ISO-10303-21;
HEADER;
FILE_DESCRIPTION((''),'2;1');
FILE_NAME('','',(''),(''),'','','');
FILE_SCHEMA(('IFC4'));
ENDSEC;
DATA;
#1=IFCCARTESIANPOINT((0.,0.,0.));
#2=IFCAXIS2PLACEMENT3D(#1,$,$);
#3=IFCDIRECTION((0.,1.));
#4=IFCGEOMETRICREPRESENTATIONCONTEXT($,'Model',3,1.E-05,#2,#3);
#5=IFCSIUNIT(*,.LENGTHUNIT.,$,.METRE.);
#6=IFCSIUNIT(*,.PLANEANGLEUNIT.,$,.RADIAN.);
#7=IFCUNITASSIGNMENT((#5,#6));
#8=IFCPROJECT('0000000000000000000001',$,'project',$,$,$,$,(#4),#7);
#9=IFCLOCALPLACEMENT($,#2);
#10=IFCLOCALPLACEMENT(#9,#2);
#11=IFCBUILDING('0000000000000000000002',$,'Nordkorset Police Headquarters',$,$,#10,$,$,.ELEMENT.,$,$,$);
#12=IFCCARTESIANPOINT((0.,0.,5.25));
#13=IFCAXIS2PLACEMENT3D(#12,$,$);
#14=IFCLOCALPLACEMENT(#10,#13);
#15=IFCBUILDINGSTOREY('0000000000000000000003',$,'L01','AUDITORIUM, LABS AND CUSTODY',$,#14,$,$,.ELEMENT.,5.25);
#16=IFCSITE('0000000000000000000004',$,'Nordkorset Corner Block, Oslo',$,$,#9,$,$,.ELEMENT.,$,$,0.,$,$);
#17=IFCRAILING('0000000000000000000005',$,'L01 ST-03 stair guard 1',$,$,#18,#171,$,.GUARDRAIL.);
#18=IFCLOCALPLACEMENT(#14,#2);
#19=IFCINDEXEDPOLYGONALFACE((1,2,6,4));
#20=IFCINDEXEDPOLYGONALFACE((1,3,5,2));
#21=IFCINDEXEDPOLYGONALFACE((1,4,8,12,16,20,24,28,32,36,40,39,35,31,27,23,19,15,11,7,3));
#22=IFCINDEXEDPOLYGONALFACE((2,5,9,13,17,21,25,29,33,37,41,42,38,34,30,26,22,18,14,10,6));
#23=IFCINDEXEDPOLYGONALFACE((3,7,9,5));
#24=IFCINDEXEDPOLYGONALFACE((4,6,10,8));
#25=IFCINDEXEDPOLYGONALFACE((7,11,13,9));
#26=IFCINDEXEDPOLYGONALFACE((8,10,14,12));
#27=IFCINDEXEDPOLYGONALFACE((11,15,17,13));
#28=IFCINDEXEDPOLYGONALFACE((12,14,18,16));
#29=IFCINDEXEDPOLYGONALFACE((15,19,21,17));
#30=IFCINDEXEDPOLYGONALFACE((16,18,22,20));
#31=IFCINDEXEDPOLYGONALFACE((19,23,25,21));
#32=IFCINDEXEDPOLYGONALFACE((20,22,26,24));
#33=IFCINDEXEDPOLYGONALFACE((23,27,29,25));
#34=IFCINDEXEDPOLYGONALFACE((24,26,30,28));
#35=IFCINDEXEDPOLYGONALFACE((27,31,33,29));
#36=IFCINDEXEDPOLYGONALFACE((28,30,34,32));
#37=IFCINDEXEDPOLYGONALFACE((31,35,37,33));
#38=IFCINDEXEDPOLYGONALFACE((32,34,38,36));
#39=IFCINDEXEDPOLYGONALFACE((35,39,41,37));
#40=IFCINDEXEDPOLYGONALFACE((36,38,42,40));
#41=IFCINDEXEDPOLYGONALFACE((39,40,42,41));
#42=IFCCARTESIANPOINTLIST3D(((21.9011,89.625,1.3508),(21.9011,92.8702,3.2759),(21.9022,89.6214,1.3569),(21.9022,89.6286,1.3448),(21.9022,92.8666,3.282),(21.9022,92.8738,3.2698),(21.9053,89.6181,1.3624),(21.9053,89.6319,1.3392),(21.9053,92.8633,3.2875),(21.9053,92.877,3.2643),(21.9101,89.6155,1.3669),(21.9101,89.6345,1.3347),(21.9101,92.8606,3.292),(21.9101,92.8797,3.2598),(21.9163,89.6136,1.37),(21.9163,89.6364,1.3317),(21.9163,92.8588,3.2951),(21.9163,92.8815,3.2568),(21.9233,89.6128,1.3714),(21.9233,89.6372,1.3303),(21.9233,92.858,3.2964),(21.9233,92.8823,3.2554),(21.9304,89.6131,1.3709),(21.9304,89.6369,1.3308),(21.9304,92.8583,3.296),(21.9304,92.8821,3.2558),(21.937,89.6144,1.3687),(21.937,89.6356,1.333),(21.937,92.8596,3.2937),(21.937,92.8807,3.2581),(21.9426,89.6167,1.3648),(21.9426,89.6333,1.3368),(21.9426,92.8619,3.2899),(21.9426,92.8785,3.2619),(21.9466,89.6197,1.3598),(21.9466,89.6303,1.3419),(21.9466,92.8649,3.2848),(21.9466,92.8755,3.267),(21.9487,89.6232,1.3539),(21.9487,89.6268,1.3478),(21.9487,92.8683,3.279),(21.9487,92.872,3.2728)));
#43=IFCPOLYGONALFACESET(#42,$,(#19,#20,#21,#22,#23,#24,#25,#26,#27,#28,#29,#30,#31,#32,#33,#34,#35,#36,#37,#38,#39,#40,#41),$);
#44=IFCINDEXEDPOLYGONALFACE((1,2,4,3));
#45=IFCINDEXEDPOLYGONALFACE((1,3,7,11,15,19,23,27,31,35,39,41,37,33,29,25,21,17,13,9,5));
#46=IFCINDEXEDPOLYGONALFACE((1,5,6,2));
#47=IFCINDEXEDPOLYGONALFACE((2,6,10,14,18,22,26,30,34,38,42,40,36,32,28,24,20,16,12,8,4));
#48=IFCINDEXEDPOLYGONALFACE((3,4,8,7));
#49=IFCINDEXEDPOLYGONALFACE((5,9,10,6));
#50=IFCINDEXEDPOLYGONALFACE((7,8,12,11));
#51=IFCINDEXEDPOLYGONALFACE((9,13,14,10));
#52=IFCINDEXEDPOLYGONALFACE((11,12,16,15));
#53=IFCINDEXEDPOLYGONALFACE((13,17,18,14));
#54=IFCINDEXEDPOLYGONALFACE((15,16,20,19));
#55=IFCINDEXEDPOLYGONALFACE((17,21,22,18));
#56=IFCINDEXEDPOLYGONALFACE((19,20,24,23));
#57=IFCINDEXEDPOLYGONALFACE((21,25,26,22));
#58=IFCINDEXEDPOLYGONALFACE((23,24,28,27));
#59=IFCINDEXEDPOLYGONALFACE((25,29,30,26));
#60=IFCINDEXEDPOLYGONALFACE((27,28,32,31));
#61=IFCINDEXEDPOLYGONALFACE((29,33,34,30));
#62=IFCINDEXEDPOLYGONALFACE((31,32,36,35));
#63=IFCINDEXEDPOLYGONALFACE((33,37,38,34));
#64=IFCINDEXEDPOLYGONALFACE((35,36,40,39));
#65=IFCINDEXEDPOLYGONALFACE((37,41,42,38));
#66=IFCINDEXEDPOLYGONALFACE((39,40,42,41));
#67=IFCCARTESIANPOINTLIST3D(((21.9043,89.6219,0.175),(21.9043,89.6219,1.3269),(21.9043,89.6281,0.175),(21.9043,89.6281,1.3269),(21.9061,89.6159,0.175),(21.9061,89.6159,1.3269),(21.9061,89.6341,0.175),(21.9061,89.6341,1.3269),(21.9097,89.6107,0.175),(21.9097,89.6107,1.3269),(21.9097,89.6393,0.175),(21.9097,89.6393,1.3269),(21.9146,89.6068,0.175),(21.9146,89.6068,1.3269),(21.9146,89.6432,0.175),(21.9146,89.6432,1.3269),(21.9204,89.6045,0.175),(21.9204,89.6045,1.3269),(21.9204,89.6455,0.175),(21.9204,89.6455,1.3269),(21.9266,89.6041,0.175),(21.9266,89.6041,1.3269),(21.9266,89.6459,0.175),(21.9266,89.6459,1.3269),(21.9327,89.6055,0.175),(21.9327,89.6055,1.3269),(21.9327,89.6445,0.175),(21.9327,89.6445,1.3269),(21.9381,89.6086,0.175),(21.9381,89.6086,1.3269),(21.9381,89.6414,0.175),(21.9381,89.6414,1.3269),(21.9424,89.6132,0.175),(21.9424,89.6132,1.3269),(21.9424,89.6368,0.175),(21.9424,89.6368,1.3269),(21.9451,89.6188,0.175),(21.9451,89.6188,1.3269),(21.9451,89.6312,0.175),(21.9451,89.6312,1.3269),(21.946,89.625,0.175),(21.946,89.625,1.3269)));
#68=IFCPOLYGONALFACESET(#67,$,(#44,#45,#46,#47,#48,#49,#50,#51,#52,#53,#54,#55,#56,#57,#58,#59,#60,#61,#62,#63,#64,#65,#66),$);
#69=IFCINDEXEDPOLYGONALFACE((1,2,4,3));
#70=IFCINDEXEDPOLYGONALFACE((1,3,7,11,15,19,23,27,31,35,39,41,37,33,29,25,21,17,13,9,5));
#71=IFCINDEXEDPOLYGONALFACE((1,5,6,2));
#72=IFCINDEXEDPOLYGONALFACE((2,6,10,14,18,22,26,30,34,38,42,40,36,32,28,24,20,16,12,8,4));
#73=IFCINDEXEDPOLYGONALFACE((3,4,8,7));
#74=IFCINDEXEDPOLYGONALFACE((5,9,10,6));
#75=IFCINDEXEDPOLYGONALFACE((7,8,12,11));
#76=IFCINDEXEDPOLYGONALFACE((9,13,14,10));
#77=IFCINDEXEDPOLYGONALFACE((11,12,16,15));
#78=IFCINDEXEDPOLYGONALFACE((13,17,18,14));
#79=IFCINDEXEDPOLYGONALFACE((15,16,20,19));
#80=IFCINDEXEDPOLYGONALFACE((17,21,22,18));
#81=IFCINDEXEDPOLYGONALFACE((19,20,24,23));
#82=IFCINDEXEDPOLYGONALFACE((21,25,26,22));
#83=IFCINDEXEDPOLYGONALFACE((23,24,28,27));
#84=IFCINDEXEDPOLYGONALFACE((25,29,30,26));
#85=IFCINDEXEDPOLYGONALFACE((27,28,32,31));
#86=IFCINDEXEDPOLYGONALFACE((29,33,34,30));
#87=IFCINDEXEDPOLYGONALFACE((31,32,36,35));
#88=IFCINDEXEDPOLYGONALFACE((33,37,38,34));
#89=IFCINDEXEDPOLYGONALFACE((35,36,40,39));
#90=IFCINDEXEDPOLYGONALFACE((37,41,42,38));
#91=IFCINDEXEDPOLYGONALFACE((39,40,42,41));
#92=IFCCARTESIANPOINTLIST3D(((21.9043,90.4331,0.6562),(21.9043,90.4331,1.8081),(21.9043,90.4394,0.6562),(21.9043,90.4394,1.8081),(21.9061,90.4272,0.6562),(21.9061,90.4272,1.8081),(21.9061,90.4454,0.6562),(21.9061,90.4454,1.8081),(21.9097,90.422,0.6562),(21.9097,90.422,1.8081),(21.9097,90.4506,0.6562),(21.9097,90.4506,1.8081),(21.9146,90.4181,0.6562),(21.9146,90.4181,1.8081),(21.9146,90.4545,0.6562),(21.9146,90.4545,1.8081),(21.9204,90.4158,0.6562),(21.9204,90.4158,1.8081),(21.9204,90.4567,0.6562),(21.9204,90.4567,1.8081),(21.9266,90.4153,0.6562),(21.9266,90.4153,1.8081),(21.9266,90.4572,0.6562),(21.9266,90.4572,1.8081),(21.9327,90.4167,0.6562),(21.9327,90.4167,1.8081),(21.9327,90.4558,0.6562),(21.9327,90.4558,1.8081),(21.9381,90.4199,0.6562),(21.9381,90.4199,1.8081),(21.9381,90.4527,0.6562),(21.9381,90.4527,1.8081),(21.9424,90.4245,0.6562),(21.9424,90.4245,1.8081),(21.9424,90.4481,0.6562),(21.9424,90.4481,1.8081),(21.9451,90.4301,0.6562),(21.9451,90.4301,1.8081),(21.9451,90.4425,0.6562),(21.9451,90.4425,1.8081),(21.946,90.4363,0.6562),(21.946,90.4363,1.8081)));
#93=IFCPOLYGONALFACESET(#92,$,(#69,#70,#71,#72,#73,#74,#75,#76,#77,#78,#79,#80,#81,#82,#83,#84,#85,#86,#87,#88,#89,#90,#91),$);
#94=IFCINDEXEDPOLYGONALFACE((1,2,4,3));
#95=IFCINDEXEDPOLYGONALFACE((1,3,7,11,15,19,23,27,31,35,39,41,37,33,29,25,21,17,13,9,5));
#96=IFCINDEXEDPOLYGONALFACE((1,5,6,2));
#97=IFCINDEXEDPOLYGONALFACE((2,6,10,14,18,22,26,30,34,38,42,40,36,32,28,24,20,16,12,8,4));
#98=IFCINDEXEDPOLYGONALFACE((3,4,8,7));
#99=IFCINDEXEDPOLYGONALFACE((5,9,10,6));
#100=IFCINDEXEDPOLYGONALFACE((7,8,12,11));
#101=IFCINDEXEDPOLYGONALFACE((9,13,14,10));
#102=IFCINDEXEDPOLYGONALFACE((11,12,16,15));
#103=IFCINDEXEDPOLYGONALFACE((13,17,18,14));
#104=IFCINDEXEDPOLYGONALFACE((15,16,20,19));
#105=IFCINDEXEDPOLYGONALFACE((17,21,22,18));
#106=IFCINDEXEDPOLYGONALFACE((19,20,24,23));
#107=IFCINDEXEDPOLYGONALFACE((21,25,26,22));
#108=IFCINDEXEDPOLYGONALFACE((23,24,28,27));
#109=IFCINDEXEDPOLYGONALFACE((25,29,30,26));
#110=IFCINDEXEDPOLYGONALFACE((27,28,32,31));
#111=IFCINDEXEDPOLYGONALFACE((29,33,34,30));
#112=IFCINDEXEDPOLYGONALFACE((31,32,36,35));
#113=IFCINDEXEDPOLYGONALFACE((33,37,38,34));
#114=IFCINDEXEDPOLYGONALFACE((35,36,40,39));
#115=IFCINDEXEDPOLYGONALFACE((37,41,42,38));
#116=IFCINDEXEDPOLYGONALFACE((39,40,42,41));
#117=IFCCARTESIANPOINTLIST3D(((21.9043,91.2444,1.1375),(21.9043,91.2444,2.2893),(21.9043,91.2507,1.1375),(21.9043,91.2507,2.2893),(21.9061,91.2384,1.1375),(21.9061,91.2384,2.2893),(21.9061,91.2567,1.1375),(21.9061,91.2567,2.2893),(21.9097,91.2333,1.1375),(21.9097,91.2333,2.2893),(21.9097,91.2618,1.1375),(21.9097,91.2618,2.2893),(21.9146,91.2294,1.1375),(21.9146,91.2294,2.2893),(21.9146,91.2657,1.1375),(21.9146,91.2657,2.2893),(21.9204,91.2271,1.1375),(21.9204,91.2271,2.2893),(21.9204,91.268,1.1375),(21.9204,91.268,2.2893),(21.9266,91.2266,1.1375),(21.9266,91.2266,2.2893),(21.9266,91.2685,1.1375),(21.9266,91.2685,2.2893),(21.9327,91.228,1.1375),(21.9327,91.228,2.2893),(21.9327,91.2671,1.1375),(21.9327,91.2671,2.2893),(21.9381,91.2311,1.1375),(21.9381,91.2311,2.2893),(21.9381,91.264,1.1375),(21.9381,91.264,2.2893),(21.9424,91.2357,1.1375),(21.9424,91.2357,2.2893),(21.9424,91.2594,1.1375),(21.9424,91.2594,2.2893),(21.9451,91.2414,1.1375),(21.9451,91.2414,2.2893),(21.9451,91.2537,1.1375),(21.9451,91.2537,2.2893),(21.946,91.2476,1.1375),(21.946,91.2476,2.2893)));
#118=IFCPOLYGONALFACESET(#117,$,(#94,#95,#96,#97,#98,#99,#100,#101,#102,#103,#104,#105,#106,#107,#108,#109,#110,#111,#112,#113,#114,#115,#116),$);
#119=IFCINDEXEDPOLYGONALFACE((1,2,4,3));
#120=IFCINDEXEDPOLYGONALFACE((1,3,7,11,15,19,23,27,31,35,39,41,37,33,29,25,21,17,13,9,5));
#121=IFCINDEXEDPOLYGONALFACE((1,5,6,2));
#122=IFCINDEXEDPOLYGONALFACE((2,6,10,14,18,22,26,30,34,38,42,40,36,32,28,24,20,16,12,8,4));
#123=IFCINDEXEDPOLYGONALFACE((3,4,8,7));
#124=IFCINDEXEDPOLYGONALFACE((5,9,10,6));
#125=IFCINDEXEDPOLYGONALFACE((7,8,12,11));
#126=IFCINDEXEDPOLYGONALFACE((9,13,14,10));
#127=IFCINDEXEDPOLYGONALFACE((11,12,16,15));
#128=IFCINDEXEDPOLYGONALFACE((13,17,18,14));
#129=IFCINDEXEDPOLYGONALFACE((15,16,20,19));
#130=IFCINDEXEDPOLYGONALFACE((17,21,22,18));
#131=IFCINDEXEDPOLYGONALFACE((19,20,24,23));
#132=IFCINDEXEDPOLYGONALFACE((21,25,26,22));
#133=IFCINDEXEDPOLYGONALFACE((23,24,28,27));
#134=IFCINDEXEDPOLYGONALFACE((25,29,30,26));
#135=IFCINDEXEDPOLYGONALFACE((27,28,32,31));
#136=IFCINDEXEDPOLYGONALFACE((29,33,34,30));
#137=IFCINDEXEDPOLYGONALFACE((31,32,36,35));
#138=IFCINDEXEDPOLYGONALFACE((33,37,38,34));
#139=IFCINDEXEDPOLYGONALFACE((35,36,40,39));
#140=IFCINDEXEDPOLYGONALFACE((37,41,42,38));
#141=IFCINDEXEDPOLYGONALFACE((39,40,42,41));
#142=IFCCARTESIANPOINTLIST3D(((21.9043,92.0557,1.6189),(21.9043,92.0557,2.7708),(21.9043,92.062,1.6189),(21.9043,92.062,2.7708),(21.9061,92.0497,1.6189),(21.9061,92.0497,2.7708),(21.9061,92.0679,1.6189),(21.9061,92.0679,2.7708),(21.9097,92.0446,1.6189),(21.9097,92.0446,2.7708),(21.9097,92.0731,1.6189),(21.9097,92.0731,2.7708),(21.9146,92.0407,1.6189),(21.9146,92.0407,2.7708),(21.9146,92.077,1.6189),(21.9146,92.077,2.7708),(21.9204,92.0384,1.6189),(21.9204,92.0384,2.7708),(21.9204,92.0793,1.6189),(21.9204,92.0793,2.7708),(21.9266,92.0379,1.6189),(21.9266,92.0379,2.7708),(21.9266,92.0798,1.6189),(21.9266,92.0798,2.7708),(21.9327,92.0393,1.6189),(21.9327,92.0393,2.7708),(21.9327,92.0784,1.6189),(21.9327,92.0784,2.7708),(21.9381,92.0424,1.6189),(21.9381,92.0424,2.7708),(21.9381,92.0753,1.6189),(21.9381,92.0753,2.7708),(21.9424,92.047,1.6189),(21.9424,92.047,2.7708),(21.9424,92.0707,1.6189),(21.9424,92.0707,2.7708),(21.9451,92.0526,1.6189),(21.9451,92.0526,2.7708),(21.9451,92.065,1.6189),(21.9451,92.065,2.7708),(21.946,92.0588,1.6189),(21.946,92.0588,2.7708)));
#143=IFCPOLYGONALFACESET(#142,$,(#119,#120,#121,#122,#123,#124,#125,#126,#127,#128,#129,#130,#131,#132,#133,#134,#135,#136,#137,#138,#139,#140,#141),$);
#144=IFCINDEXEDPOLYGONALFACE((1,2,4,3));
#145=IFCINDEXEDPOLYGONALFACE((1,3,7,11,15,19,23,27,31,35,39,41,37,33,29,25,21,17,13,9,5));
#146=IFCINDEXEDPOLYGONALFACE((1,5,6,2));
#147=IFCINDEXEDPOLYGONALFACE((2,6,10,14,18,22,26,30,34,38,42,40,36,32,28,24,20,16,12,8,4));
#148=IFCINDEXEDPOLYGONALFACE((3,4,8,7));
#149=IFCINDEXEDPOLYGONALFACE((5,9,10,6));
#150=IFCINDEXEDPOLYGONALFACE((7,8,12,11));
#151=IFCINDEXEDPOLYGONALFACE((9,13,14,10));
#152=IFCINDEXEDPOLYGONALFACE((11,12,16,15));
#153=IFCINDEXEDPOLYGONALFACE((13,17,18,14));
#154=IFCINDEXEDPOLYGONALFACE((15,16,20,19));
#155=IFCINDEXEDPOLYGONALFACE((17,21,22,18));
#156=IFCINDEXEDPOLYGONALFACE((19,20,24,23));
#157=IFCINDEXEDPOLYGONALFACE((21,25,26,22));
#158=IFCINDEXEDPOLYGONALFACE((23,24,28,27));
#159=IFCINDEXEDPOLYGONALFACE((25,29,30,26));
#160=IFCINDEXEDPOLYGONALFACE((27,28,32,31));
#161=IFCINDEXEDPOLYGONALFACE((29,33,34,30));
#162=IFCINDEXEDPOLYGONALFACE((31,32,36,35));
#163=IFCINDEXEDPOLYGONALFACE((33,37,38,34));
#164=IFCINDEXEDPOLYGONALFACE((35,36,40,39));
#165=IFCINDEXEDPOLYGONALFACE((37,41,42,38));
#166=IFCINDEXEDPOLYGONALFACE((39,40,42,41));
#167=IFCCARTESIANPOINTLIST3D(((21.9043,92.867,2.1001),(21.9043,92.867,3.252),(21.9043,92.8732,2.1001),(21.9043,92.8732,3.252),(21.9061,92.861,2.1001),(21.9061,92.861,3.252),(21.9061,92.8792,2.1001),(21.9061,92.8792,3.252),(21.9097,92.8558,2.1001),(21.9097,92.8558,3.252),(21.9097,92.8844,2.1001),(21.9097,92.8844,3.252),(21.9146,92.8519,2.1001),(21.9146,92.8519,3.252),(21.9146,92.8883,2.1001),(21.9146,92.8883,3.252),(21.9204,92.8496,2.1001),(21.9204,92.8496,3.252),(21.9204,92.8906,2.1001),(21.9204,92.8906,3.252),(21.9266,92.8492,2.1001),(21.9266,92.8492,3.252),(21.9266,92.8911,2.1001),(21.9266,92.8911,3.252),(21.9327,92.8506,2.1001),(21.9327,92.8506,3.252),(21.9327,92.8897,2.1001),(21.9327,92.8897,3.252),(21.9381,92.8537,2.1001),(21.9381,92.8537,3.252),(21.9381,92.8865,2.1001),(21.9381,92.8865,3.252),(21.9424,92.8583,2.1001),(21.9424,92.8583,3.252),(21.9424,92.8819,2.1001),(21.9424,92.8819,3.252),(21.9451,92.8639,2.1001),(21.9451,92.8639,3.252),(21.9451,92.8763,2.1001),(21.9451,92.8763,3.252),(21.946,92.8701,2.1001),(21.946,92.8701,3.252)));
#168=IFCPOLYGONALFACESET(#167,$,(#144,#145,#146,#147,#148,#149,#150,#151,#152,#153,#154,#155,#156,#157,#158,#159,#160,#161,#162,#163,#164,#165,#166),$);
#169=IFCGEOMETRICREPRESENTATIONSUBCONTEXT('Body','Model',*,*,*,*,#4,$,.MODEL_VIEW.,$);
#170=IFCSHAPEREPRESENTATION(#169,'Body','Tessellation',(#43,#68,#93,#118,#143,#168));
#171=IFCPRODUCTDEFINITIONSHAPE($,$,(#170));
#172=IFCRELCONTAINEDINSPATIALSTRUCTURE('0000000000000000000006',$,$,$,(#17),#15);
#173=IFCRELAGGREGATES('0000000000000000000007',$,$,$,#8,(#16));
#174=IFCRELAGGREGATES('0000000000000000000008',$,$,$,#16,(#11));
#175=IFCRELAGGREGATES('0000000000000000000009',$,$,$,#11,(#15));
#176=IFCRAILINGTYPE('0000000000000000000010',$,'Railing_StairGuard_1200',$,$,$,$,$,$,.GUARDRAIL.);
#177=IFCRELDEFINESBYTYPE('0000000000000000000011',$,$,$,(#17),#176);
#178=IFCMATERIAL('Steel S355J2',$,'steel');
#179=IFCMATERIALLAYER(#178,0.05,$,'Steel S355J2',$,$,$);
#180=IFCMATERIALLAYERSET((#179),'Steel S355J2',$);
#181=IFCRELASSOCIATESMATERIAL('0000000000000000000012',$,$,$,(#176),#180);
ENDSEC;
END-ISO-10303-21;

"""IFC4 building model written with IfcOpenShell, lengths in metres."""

from ifc_helpers import new_model, si_unit, direction, frame, origin, origin_2d, place, context, subcontext, project, spatial, circle, extrude, material, layer, layer_set, type_object, element, save


model = new_model("IFC4")

# Units and contexts
model_context = context("Model", 3, precision=1e-05, world=origin(), true_north=direction((0.0, 1.0)))
body_context = subcontext(model_context, "Body", "Model", "MODEL_VIEW")
ifc_project = project(units=[si_unit("LENGTHUNIT", "METRE"), si_unit("PLANEANGLEUNIT", "RADIAN")], contexts=[model_context])

# Site, building, storey
site_placement = place(None, origin())
site = spatial("IfcSite", under=ifc_project, at=site_placement, Name="Nordkorset Corner Block, Oslo", CompositionType="ELEMENT", RefElevation=0.0)
building_placement = place(site_placement, origin())
building = spatial("IfcBuilding", under=site, at=building_placement, Name="Nordkorset Police Headquarters", CompositionType="ELEMENT")
storey_placement = place(building_placement, frame((0.0, 0.0, 5.25)))
storey = spatial("IfcBuildingStorey", under=building, at=storey_placement, Name="L01", Description="AUDITORIUM, LABS AND CUSTODY", CompositionType="ELEMENT", Elevation=5.25)

# Railing
ifc_material_1 = material(Name="Steel S355J2", Category="steel")
ifc_layer_1 = layer(ifc_material_1, 0.05, Name="Steel S355J2")
ifc_layer_set_1 = layer_set([ifc_layer_1], Name="Steel S355J2")
railing_type_1 = type_object("IfcRailingType", Name="Railing_StairGuard_1200", PredefinedType="GUARDRAIL", material=ifc_layer_set_1)
railing_1_placement = place(storey_placement, frame((21.925, 89.625, 0.175)))
element("IfcRailing", 1, at=railing_1_placement, inside=storey, type_object=railing_type_1, Name="L01 ST-03 stair guard 1", PredefinedType="GUARDRAIL", context=body_context, shape_type="SweptSolid", body=[
    extrude(circle(Radius=0.0239, at=origin_2d()), frame((0.0, 0.0, 1.1758), z_axis=(0.0, 0.860057, 0.510198), x_axis=(-1.0, 0.0, 0.0)), (0.0, 0.0, 1.0), 3.7732),
    extrude(circle(Radius=0.021, at=origin_2d()), origin(), (0.0, 0.0, 1.0), 1.1519),
    extrude(circle(Radius=0.021, at=origin_2d()), frame((0.0, 0.8113, 0.4812)), (0.0, 0.0, 1.0), 1.1519),
    extrude(circle(Radius=0.021, at=origin_2d()), frame((0.0, 1.6226, 0.9624)), (0.0, 0.0, 1.0), 1.1519),
    extrude(circle(Radius=0.021, at=origin_2d()), frame((0.0, 2.4338, 1.4438)), (0.0, 0.0, 1.0), 1.1519),
    extrude(circle(Radius=0.021, at=origin_2d()), frame((0.0, 3.2451, 1.925)), (0.0, 0.0, 1.0), 1.1519),
])

save(model, "model.ifc")
